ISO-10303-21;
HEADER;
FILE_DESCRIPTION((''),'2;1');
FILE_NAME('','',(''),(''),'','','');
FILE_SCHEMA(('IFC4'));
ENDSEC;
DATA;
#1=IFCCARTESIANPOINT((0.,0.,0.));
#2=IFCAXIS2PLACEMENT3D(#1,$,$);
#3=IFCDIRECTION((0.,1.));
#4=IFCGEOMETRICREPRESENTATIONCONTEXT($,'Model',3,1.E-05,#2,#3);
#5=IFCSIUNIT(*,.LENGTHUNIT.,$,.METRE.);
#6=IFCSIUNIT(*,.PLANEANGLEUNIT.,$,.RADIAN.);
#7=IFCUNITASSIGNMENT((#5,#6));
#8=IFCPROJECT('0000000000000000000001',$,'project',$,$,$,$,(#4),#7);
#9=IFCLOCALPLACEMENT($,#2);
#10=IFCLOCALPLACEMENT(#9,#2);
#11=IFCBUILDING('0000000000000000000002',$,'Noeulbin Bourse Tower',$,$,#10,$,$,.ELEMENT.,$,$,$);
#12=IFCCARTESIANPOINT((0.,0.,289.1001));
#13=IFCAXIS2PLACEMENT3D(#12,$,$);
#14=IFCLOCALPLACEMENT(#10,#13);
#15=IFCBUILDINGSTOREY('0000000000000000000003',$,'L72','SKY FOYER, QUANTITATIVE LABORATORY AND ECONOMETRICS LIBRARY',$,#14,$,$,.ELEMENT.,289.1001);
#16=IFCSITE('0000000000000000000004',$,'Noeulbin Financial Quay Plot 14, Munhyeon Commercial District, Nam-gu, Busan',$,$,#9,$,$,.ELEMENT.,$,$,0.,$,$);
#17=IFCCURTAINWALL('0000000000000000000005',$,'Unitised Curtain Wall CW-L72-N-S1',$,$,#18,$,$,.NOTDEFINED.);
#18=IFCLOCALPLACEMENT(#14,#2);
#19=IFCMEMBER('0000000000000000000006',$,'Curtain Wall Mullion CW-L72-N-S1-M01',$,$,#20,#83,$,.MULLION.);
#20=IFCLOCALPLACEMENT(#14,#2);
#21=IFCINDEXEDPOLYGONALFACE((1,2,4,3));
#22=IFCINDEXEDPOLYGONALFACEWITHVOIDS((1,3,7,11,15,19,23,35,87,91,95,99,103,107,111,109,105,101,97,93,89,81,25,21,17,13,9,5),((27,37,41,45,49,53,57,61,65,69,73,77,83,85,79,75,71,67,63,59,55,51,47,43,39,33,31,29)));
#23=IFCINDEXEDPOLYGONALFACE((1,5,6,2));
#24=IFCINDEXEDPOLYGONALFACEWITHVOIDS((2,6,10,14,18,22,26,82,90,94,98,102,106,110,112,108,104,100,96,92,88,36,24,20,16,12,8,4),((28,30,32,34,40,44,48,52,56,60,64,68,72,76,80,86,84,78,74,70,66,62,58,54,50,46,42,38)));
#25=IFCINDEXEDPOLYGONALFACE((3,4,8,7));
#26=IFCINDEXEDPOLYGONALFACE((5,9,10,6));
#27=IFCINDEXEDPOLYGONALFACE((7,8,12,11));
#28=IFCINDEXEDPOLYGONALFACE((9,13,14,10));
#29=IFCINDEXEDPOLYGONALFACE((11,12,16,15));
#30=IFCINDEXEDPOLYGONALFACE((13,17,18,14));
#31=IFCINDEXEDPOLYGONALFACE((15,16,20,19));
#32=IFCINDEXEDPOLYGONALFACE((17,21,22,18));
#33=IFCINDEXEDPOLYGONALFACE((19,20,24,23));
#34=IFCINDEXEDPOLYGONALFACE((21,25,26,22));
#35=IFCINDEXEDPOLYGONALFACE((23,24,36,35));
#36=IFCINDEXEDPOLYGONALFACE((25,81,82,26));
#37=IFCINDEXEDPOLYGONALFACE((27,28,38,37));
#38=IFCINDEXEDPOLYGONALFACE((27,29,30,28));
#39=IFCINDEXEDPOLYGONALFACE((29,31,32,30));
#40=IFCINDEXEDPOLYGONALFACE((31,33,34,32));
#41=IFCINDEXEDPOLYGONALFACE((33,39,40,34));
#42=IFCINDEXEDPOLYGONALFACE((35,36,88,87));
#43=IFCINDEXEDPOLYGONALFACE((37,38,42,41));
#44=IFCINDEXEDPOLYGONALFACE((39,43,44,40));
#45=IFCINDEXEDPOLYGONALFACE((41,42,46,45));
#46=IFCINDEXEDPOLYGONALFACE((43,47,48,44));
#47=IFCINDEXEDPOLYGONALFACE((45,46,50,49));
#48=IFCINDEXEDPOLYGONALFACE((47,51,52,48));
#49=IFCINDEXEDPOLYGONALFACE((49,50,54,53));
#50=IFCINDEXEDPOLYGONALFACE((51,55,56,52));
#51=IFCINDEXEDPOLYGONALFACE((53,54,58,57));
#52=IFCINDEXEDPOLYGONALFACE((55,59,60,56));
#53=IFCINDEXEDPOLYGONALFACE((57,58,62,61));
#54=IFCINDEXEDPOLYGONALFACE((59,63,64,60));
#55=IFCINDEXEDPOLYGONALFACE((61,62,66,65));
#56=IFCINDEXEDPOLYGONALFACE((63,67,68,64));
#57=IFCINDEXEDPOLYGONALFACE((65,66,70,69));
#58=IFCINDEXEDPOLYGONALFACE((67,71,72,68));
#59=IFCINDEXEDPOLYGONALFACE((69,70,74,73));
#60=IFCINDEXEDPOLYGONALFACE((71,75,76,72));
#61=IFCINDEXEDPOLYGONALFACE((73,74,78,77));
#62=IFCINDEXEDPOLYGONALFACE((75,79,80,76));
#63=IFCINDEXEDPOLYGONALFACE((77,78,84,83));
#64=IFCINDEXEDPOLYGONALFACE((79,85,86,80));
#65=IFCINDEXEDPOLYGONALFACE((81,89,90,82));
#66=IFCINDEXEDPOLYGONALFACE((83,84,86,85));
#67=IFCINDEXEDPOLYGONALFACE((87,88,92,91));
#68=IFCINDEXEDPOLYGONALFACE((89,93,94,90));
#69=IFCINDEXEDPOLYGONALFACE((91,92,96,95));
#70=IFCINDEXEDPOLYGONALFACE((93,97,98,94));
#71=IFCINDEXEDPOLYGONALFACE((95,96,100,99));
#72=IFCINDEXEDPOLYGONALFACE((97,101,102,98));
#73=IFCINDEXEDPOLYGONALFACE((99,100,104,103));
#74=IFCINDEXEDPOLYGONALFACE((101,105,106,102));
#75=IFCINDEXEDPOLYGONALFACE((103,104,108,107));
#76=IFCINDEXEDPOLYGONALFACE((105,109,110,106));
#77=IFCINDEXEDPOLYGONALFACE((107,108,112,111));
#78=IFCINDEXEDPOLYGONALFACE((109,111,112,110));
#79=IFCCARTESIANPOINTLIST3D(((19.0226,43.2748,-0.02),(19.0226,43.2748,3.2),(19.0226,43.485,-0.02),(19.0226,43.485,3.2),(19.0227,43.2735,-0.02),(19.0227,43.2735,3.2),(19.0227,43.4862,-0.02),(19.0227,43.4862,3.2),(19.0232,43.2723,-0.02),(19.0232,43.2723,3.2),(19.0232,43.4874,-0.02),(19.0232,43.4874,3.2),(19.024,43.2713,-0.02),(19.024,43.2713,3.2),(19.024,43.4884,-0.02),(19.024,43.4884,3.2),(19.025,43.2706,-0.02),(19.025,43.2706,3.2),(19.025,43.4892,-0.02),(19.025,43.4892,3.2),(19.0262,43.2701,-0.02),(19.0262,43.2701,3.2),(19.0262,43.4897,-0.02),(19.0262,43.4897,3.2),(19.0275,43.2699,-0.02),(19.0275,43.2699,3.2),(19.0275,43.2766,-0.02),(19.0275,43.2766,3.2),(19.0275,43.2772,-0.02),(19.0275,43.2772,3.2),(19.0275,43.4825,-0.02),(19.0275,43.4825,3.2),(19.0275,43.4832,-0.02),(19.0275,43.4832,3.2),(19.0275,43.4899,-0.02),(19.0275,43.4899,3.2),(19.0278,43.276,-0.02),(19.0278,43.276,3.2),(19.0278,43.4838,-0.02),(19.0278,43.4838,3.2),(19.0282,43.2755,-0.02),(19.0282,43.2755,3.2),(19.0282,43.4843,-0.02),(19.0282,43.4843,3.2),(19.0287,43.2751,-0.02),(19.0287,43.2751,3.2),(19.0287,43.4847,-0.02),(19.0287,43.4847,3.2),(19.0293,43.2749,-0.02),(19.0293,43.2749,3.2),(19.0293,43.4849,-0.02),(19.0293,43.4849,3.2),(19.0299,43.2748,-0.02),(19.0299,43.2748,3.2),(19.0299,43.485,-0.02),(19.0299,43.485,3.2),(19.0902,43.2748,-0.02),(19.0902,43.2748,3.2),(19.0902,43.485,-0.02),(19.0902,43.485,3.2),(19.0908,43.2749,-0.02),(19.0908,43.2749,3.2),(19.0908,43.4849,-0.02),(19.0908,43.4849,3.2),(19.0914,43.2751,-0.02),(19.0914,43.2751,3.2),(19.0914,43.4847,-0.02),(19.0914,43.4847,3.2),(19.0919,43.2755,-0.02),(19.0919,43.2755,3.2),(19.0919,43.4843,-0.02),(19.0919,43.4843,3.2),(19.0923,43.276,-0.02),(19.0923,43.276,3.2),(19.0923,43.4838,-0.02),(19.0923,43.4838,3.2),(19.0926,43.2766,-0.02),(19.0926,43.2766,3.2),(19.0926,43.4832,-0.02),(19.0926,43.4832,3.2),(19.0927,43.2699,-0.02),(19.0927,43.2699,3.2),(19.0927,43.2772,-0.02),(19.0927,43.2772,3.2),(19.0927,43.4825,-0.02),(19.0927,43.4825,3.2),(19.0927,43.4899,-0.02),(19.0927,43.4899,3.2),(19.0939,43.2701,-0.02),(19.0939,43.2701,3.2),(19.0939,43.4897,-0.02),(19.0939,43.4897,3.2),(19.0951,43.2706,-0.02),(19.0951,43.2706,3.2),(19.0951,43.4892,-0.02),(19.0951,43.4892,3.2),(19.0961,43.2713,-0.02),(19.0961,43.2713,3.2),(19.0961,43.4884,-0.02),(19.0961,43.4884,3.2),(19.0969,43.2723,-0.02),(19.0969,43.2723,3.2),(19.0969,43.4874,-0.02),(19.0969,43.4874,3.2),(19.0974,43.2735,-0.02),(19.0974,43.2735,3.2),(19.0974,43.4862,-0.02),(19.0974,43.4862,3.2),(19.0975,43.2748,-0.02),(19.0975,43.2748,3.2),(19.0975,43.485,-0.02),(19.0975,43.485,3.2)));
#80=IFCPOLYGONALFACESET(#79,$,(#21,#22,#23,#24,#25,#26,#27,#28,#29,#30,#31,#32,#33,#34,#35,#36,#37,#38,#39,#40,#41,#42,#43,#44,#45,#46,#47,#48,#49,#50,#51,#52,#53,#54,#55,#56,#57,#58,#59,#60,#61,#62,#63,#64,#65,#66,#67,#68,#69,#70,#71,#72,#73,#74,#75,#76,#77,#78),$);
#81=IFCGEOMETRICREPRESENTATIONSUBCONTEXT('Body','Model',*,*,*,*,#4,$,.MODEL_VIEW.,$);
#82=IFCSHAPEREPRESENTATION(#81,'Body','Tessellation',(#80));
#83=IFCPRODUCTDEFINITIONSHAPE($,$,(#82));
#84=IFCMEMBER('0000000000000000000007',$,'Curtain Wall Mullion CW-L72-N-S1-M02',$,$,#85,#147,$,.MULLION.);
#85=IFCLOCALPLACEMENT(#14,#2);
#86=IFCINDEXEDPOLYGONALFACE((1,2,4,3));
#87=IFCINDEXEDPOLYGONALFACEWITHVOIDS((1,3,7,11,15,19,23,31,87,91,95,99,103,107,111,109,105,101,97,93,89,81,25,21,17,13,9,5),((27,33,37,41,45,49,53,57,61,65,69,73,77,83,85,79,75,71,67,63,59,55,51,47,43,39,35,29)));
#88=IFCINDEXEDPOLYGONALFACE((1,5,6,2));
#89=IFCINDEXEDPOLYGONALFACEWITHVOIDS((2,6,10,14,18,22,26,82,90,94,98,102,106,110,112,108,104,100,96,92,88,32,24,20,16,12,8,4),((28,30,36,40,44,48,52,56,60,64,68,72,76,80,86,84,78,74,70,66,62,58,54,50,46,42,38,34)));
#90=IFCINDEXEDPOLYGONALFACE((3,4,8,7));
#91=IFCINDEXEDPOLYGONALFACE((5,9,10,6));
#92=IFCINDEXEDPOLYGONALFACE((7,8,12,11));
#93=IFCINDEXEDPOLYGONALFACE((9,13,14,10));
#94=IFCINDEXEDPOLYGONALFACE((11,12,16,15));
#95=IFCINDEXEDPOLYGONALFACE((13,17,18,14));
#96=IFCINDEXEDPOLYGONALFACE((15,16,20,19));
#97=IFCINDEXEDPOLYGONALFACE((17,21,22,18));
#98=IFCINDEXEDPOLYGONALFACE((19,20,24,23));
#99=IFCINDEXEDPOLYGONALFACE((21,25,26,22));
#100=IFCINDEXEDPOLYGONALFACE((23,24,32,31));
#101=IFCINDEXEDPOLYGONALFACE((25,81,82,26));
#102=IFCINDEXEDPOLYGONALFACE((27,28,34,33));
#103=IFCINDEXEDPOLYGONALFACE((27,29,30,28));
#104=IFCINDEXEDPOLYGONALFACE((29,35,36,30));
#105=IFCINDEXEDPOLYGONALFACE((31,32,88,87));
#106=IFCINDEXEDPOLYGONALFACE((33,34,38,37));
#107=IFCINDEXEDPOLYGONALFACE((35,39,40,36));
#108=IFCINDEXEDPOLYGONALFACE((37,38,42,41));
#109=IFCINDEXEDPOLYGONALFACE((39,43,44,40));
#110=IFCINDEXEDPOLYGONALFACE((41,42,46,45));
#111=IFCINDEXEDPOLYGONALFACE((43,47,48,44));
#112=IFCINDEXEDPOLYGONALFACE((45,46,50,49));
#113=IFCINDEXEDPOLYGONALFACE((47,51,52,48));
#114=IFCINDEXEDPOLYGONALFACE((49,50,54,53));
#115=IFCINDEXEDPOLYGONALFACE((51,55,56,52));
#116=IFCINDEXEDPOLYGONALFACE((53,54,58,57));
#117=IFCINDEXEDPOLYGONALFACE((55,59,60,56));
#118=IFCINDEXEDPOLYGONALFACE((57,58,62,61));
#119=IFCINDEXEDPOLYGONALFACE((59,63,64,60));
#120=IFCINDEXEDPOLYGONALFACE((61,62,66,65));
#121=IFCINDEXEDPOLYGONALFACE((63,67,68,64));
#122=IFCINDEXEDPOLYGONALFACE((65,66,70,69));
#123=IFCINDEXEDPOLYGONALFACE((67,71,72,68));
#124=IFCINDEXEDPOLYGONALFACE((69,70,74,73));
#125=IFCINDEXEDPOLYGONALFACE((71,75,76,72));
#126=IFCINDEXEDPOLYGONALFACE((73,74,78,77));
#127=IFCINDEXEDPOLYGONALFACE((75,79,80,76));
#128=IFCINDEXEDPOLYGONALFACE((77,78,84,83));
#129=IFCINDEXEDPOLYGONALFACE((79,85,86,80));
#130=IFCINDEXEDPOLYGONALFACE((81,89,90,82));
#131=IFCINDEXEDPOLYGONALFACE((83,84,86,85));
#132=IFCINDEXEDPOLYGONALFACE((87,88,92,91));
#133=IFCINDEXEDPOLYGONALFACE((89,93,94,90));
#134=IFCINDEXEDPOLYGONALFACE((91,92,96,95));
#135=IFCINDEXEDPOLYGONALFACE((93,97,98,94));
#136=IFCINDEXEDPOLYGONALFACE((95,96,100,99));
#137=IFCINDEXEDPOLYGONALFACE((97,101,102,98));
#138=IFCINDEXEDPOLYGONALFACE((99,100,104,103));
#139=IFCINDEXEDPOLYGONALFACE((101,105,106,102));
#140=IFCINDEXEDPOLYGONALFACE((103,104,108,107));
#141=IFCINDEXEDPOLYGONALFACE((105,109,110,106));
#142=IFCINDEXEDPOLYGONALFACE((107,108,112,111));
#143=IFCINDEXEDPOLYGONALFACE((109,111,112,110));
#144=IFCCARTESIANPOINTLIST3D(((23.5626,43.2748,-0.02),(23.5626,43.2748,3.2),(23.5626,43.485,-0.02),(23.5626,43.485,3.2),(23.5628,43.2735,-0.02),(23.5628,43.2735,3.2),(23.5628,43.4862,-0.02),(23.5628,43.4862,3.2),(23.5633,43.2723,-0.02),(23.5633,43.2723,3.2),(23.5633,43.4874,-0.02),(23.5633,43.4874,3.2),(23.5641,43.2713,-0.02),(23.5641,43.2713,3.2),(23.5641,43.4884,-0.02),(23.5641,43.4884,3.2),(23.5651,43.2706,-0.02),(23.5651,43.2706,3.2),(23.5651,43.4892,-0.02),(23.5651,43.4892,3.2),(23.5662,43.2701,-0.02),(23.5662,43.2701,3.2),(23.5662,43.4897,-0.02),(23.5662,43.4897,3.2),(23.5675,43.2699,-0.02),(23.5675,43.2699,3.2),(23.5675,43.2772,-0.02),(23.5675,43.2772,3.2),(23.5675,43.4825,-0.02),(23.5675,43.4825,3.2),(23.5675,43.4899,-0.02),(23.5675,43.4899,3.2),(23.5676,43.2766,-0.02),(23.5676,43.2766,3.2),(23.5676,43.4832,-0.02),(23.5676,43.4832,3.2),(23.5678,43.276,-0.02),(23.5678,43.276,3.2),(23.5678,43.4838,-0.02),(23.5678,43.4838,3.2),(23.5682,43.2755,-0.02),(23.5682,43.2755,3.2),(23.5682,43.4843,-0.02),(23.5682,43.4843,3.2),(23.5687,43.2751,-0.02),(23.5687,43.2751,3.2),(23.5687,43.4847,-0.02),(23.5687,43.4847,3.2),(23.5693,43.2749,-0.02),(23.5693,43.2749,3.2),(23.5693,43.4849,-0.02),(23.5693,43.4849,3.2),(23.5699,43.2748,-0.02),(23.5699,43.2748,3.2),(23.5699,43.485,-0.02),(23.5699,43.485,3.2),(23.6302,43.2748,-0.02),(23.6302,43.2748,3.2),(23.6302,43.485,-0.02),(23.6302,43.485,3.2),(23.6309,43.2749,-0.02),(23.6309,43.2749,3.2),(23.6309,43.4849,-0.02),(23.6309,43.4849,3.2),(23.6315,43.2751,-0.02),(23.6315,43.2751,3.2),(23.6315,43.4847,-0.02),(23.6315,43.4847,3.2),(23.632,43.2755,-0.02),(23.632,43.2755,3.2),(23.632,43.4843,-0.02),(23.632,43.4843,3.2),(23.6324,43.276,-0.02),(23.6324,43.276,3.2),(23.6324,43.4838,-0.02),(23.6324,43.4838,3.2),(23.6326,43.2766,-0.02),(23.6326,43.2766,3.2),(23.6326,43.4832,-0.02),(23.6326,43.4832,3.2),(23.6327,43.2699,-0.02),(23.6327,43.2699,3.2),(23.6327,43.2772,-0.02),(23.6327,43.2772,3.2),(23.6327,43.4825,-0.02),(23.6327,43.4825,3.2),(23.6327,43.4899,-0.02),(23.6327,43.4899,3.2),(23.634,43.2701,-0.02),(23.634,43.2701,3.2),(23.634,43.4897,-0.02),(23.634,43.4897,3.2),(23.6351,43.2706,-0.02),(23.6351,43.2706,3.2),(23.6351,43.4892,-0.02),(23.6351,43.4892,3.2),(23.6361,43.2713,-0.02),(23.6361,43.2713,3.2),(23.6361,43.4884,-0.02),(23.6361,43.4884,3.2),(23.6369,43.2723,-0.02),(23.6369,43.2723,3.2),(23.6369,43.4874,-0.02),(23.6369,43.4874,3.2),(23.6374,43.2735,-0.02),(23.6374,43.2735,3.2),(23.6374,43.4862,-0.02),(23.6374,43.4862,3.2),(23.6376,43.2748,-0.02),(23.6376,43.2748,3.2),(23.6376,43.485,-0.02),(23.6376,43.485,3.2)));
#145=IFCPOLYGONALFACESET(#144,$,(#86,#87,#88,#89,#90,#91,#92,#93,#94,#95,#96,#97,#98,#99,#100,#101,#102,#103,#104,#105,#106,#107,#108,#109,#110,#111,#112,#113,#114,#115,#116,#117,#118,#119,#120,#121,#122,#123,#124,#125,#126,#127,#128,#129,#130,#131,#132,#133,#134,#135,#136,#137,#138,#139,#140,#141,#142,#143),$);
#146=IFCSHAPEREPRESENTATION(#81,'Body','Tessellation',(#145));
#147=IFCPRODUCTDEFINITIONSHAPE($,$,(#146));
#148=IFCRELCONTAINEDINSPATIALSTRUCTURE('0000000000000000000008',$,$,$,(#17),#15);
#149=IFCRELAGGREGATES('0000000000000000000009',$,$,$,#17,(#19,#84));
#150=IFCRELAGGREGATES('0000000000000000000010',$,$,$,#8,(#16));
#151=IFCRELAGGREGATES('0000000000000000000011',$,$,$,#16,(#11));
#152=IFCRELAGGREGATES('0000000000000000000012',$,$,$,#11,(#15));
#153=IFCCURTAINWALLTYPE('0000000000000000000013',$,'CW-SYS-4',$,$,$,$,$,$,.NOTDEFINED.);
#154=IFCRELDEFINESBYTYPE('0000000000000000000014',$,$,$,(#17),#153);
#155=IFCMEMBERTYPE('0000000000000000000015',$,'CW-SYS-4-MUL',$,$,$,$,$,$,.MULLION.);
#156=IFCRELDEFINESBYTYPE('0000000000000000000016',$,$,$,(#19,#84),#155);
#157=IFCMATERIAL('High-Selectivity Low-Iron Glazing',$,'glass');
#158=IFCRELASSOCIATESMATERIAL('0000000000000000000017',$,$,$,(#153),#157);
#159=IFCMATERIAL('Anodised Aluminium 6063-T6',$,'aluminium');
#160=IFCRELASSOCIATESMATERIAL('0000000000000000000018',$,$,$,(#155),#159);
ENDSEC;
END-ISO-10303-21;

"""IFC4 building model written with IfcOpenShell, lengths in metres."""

from ifc_helpers import new_model, si_unit, direction, frame, origin, origin_2d, place, context, subcontext, project, spatial, hollow_rectangle, extrude, material, material_profile, profile_set, type_object, element, aggregate, save


model = new_model("IFC4")

# Units and contexts
model_context = context("Model", 3, precision=1e-05, world=origin(), true_north=direction((0.0, 1.0)))
body_context = subcontext(model_context, "Body", "Model", "MODEL_VIEW")
ifc_project = project(units=[si_unit("LENGTHUNIT", "METRE"), si_unit("PLANEANGLEUNIT", "RADIAN")], contexts=[model_context])

# Site, building, storey
site_placement = place(None, origin())
site = spatial("IfcSite", under=ifc_project, at=site_placement, Name="Noeulbin Financial Quay Plot 14, Munhyeon Commercial District, Nam-gu, Busan", CompositionType="ELEMENT", RefElevation=0.0)
building_placement = place(site_placement, origin())
building = spatial("IfcBuilding", under=site, at=building_placement, Name="Noeulbin Bourse Tower", CompositionType="ELEMENT")
storey_placement = place(building_placement, frame((0.0, 0.0, 289.1001)))
storey = spatial("IfcBuildingStorey", under=building, at=storey_placement, Name="L72", Description="SKY FOYER, QUANTITATIVE LABORATORY AND ECONOMETRICS LIBRARY", CompositionType="ELEMENT", Elevation=289.1001)

# Curtain wall, members
ifc_material_1 = material(Name="High-Selectivity Low-Iron Glazing", Category="glass")
curtain_wall_type = type_object("IfcCurtainWallType", Name="CW-SYS-4", PredefinedType="NOTDEFINED", material=ifc_material_1)
curtain_wall_1_placement = place(storey_placement, origin())
curtain_wall_1 = element("IfcCurtainWall", 1, at=curtain_wall_1_placement, inside=storey, type_object=curtain_wall_type, Name="Unitised Curtain Wall CW-L72-N-S1", PredefinedType="NOTDEFINED")
ifc_material_2 = material(Name="Anodised Aluminium 6063-T6", Category="aluminium")
ifc_material_profile_1 = material_profile(ifc_material_2, hollow_rectangle(XDim=0.075, YDim=0.22, WallThickness=0.0049, InnerFilletRadius=0.0024, OuterFilletRadius=0.0049, at=origin_2d()), Name="ALU-MULL-75x220x5", Category="LoadBearing")
ifc_profile_set_1 = profile_set([ifc_material_profile_1], Name="Anodised Aluminium 6063-T6")
member_type_1 = type_object("IfcMemberType", Name="CW-SYS-4-MUL", PredefinedType="MULLION", material=ifc_profile_set_1)
member_1_placement = place(storey_placement, frame((19.0601, 43.3799, -0.02), z_axis=(0.0, 0.0, 1.0), x_axis=(1.0, 0.0, 0.0)))
member_1 = element("IfcMember", 2, at=member_1_placement, type_object=member_type_1, Name="Curtain Wall Mullion CW-L72-N-S1-M01", PredefinedType="MULLION", context=body_context, shape_type="SweptSolid", body=[
    extrude(hollow_rectangle(XDim=0.075, YDim=0.22, WallThickness=0.0049, InnerFilletRadius=0.0024, OuterFilletRadius=0.0049, at=origin_2d()), origin(), (0.0, 0.0, 1.0), 3.22),
])
member_2_placement = place(storey_placement, frame((23.6001, 43.3799, -0.02), z_axis=(0.0, 0.0, 1.0), x_axis=(1.0, 0.0, 0.0)))
member_2 = element("IfcMember", 3, at=member_2_placement, type_object=member_type_1, Name="Curtain Wall Mullion CW-L72-N-S1-M02", PredefinedType="MULLION", context=body_context, shape_type="SweptSolid", body=[
    extrude(hollow_rectangle(XDim=0.075, YDim=0.22, WallThickness=0.0049, InnerFilletRadius=0.0024, OuterFilletRadius=0.0049, at=origin_2d()), origin(), (0.0, 0.0, 1.0), 3.22),
])

aggregate(curtain_wall_1, [member_1, member_2])

save(model, "model.ifc")
